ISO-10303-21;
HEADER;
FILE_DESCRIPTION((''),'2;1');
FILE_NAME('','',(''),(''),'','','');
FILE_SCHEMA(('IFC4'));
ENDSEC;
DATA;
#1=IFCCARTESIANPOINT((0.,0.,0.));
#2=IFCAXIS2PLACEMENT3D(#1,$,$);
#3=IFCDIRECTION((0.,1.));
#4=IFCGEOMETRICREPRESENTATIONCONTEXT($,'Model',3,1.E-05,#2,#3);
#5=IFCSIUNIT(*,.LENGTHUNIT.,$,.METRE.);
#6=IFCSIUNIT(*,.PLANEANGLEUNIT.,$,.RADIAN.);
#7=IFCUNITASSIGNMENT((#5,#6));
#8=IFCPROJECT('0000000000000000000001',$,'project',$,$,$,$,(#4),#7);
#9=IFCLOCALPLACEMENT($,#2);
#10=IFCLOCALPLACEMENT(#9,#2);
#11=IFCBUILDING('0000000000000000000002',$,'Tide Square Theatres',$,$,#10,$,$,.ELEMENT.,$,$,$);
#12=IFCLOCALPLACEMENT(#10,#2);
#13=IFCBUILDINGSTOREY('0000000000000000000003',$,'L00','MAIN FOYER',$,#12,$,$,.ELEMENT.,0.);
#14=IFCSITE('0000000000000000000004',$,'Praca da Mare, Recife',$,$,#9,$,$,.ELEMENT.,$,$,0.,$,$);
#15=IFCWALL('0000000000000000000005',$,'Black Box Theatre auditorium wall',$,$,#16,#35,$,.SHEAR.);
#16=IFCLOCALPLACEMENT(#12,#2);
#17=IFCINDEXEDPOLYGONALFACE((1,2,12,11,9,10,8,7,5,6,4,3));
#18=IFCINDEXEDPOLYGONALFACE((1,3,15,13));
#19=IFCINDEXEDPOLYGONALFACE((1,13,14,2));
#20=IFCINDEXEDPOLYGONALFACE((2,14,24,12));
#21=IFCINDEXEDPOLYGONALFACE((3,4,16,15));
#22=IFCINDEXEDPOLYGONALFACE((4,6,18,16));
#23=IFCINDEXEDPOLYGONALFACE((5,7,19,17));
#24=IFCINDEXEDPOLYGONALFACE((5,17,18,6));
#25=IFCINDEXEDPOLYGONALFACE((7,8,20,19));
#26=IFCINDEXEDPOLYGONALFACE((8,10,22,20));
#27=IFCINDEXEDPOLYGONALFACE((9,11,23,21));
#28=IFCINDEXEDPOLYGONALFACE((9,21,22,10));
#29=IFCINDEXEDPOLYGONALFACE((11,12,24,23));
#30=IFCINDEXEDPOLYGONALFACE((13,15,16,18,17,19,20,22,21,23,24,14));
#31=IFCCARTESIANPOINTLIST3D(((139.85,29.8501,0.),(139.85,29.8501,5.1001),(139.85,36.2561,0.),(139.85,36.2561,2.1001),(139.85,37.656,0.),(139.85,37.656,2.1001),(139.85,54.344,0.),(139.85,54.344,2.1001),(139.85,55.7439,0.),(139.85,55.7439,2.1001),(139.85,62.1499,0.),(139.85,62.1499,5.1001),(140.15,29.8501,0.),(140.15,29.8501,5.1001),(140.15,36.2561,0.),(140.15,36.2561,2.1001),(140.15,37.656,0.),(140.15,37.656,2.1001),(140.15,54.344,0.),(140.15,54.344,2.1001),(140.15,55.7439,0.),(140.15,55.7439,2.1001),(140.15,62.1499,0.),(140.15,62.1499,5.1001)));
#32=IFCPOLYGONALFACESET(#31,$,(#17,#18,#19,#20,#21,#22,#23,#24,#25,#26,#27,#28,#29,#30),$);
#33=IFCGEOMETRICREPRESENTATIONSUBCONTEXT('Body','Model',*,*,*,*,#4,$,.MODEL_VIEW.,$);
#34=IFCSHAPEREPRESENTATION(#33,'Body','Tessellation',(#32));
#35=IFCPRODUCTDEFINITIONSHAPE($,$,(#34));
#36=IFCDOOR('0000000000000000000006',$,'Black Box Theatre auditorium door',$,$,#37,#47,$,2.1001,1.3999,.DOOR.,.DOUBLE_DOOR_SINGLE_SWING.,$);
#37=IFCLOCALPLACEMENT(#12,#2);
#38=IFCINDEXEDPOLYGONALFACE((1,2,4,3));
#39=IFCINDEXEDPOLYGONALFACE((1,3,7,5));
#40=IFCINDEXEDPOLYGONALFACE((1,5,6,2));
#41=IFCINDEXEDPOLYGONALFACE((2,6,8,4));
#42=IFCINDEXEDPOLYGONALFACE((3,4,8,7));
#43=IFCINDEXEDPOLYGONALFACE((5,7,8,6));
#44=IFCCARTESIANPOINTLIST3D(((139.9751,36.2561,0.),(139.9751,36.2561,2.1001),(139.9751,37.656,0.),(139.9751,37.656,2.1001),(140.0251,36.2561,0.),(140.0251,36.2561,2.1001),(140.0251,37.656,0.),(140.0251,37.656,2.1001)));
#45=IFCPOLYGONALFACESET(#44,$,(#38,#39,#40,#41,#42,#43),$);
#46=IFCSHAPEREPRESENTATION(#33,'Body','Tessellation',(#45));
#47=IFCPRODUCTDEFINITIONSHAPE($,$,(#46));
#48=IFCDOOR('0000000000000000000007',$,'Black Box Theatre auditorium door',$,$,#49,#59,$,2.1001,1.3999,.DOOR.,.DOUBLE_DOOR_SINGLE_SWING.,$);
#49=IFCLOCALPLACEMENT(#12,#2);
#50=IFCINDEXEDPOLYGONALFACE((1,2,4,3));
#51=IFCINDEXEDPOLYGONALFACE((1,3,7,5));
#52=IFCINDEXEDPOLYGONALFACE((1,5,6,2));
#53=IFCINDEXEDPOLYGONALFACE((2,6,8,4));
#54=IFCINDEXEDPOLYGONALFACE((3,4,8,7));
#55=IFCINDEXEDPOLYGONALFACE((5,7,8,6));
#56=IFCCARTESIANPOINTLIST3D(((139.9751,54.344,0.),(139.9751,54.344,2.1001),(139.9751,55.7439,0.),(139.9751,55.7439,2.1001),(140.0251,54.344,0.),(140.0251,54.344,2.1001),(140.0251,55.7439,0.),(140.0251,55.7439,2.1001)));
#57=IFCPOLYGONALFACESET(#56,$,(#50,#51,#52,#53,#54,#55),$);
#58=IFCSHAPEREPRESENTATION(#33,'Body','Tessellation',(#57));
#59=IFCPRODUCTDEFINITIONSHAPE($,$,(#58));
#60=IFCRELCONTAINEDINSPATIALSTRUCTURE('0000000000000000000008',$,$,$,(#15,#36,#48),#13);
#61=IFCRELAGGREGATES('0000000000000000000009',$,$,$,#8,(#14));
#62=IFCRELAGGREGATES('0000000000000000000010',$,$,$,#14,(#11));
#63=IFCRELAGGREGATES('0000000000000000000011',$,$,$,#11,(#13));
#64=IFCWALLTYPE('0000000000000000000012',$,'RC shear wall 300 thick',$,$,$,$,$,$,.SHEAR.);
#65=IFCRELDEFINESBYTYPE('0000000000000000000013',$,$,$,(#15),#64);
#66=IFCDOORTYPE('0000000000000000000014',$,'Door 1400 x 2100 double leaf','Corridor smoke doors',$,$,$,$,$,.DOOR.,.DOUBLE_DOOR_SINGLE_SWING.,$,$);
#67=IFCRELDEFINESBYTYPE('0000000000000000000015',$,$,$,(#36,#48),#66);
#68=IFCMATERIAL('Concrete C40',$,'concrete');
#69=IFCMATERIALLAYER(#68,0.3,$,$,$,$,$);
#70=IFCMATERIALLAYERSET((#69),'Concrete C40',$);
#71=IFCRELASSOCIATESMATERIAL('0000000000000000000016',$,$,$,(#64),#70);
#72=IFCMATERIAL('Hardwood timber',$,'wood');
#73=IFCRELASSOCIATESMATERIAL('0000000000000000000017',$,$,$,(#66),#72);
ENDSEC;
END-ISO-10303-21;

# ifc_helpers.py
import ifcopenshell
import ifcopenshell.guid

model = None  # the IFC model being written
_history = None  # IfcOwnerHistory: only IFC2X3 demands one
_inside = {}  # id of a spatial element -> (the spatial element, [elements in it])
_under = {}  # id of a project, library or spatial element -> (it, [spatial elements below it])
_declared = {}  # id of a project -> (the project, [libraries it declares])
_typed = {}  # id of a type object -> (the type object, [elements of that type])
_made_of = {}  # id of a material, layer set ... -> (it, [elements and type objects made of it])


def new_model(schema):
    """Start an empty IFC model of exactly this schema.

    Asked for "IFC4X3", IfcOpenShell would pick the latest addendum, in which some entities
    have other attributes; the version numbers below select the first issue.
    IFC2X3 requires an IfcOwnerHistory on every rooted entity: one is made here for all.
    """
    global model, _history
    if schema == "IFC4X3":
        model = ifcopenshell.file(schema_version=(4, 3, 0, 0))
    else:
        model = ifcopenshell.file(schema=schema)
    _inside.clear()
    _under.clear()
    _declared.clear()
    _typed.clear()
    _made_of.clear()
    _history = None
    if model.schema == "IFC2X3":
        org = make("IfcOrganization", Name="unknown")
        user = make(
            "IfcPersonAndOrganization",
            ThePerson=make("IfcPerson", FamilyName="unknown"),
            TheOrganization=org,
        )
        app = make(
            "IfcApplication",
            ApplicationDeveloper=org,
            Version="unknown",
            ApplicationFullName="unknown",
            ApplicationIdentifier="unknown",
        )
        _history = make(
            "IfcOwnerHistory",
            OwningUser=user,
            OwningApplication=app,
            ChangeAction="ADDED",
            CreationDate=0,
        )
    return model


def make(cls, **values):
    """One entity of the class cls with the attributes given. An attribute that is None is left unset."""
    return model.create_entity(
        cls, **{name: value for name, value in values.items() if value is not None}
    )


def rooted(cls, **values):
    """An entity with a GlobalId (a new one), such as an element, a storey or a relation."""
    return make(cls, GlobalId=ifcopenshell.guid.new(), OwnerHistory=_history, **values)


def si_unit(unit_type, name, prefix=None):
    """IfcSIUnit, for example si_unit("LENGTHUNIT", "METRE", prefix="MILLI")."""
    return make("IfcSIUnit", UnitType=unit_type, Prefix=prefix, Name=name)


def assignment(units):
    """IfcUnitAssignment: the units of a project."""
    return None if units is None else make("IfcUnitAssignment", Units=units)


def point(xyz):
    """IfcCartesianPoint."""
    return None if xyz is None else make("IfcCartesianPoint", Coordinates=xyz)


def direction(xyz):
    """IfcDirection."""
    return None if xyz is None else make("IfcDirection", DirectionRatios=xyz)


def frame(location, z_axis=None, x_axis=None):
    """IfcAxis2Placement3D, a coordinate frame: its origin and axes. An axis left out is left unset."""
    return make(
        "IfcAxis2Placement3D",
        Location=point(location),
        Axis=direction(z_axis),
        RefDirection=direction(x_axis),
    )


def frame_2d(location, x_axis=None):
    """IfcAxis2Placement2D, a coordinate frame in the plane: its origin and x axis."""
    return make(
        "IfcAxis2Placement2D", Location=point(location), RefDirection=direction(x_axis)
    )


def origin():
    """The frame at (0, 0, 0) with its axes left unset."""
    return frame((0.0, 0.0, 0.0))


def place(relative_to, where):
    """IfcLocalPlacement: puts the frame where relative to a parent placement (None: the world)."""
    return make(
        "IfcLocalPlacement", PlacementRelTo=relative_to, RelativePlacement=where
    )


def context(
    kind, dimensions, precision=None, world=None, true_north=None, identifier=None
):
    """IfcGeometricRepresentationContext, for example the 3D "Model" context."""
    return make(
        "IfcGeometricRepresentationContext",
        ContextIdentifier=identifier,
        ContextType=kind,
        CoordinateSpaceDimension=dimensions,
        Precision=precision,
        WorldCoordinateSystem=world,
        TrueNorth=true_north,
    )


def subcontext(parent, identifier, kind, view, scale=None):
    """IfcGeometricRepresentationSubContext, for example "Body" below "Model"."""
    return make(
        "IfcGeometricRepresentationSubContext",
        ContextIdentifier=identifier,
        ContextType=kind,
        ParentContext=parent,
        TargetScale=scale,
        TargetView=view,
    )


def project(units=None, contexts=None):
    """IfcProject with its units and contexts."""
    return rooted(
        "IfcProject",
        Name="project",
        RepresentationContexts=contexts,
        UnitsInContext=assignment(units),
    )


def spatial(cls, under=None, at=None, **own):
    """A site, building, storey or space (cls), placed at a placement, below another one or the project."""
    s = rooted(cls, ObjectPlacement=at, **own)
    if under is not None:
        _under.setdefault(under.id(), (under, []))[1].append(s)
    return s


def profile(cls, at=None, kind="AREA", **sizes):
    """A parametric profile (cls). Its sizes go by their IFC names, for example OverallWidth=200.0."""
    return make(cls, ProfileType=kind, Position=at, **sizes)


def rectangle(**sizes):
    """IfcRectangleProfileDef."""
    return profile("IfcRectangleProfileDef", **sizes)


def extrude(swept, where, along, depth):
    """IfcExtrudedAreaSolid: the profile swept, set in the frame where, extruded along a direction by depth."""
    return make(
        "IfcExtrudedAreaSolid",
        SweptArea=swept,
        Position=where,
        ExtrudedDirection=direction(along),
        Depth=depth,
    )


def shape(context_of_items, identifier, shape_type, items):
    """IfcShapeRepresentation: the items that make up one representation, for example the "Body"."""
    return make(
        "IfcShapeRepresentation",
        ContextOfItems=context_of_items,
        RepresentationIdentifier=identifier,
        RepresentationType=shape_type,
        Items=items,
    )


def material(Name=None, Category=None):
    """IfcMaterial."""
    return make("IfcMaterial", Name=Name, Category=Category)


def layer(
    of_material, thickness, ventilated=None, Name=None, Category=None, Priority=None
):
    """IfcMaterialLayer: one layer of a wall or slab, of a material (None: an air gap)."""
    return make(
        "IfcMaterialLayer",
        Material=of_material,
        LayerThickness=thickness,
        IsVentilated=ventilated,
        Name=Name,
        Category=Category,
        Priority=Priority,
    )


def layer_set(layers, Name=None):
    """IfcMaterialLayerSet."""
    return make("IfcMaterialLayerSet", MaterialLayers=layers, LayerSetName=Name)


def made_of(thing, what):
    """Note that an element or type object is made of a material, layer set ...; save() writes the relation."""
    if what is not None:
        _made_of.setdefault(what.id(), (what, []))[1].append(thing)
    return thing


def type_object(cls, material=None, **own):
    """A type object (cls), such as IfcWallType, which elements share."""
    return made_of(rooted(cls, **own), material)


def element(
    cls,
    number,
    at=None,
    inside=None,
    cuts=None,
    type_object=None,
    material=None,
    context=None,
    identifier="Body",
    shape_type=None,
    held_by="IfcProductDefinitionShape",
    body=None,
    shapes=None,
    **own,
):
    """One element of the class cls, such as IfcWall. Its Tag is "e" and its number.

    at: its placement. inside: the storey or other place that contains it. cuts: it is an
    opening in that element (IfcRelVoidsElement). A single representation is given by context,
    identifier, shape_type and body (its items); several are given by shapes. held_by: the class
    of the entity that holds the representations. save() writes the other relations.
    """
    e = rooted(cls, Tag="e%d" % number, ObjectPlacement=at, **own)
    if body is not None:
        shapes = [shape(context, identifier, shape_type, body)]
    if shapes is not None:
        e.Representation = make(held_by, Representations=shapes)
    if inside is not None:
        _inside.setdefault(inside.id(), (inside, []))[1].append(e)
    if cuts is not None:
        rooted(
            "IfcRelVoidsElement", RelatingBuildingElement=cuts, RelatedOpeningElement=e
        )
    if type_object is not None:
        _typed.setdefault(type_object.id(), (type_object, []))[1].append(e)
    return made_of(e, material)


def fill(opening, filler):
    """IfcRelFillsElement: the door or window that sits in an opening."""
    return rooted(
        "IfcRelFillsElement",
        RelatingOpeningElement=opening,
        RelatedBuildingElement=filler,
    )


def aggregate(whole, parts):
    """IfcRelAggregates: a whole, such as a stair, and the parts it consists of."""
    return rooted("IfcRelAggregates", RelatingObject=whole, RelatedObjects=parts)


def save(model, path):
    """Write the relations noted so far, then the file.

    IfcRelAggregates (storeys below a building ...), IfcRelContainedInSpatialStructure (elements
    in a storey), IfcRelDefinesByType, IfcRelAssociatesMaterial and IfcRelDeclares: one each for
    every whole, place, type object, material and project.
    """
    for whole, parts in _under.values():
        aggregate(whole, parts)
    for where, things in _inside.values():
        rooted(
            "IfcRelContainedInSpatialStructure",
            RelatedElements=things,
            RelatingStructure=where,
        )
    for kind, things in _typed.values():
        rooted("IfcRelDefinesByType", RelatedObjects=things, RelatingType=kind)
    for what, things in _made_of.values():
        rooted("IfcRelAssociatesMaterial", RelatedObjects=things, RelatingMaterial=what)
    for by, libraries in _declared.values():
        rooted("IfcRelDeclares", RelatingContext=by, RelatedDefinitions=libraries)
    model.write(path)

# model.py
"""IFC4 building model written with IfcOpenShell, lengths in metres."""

from ifc_helpers import new_model, si_unit, direction, frame, frame_2d, origin, place, context, subcontext, project, spatial, rectangle, extrude, material, layer, layer_set, type_object, element, fill, save


model = new_model("IFC4")

# Units and contexts
model_context = context("Model", 3, precision=1e-05, world=origin(), true_north=direction((0.0, 1.0)))
body_context = subcontext(model_context, "Body", "Model", "MODEL_VIEW")
ifc_project = project(units=[si_unit("LENGTHUNIT", "METRE"), si_unit("PLANEANGLEUNIT", "RADIAN")], contexts=[model_context])

# Site, building, storey
site_placement = place(None, origin())
site = spatial("IfcSite", under=ifc_project, at=site_placement, Name="Praca da Mare, Recife", CompositionType="ELEMENT", RefElevation=0.0)
building_placement = place(site_placement, origin())
building = spatial("IfcBuilding", under=site, at=building_placement, Name="Tide Square Theatres", CompositionType="ELEMENT")
storey_placement = place(building_placement, origin())
storey = spatial("IfcBuildingStorey", under=building, at=storey_placement, Name="L00", Description="MAIN FOYER", CompositionType="ELEMENT", Elevation=0.0)

# Shared definitions
ifc_material_1 = material(Name="Concrete C40", Category="concrete")
ifc_layer_1 = layer(ifc_material_1, 0.3)
ifc_layer_set_1 = layer_set([ifc_layer_1], Name="Concrete C40")
wall_type_1 = type_object("IfcWallType", Name="RC shear wall 300 thick", PredefinedType="SHEAR", material=ifc_layer_set_1)

# Wall, openings, doors
wall_1_placement = place(storey_placement, frame((140.0, 29.8501, 0.0), z_axis=(0.0, 0.0, 1.0), x_axis=(0.0, 1.0, 0.0)))
wall_1 = element("IfcWall", 1, at=wall_1_placement, inside=storey, type_object=wall_type_1, Name="Black Box Theatre auditorium wall", PredefinedType="SHEAR", context=body_context, shape_type="SweptSolid", body=[
    extrude(rectangle(XDim=32.2998, YDim=0.3, at=frame_2d((16.1499, 0.0))), origin(), (0.0, 0.0, 1.0), 5.1001),
])
opening_1_placement = place(wall_1_placement, frame((6.406, 0.0, 0.0)))
opening_1 = element("IfcOpeningElement", 2, at=opening_1_placement, cuts=wall_1, PredefinedType="OPENING", context=body_context, shape_type="SweptSolid", body=[
    extrude(rectangle(XDim=1.3999, YDim=2.1001, at=frame_2d((0.7, 1.05))), frame((0.0, 0.1599, 0.0), z_axis=(0.0, -1.0, 0.0), x_axis=(1.0, 0.0, 0.0)), (0.0, 0.0, 1.0), 0.3201),
])
opening_2_placement = place(wall_1_placement, frame((24.4939, 0.0, 0.0)))
opening_2 = element("IfcOpeningElement", 3, at=opening_2_placement, cuts=wall_1, PredefinedType="OPENING", context=body_context, shape_type="SweptSolid", body=[
    extrude(rectangle(XDim=1.3999, YDim=2.1001, at=frame_2d((0.7, 1.05))), frame((0.0, 0.1599, 0.0), z_axis=(0.0, -1.0, 0.0), x_axis=(1.0, 0.0, 0.0)), (0.0, 0.0, 1.0), 0.3201),
])
ifc_material_2 = material(Name="Hardwood timber", Category="wood")
door_type_1 = type_object("IfcDoorType", Name="Door 1400 x 2100 double leaf", Description="Corridor smoke doors", OperationType="DOUBLE_DOOR_SINGLE_SWING", PredefinedType="DOOR", material=ifc_material_2)
door_1_placement = place(opening_1_placement, origin())
door_1 = element("IfcDoor", 4, at=door_1_placement, inside=storey, type_object=door_type_1, Name="Black Box Theatre auditorium door", OperationType="DOUBLE_DOOR_SINGLE_SWING", OverallHeight=2.1001, OverallWidth=1.3999, PredefinedType="DOOR", context=body_context, shape_type="SweptSolid", body=[
    extrude(rectangle(XDim=1.3999, YDim=2.1001, at=frame_2d((0.7, 1.05))), frame((0.0, 0.0249, 0.0), z_axis=(0.0, -1.0, 0.0), x_axis=(1.0, 0.0, 0.0)), (0.0, 0.0, 1.0), 0.05),
])
fill(opening_1, door_1)
door_2_placement = place(opening_2_placement, origin())
door_2 = element("IfcDoor", 5, at=door_2_placement, inside=storey, type_object=door_type_1, Name="Black Box Theatre auditorium door", OperationType="DOUBLE_DOOR_SINGLE_SWING", OverallHeight=2.1001, OverallWidth=1.3999, PredefinedType="DOOR", context=body_context, shape_type="SweptSolid", body=[
    extrude(rectangle(XDim=1.3999, YDim=2.1001, at=frame_2d((0.7, 1.05))), frame((0.0, 0.0249, 0.0), z_axis=(0.0, -1.0, 0.0), x_axis=(1.0, 0.0, 0.0)), (0.0, 0.0, 1.0), 0.05),
])
fill(opening_2, door_2)

save(model, "model.ifc")
